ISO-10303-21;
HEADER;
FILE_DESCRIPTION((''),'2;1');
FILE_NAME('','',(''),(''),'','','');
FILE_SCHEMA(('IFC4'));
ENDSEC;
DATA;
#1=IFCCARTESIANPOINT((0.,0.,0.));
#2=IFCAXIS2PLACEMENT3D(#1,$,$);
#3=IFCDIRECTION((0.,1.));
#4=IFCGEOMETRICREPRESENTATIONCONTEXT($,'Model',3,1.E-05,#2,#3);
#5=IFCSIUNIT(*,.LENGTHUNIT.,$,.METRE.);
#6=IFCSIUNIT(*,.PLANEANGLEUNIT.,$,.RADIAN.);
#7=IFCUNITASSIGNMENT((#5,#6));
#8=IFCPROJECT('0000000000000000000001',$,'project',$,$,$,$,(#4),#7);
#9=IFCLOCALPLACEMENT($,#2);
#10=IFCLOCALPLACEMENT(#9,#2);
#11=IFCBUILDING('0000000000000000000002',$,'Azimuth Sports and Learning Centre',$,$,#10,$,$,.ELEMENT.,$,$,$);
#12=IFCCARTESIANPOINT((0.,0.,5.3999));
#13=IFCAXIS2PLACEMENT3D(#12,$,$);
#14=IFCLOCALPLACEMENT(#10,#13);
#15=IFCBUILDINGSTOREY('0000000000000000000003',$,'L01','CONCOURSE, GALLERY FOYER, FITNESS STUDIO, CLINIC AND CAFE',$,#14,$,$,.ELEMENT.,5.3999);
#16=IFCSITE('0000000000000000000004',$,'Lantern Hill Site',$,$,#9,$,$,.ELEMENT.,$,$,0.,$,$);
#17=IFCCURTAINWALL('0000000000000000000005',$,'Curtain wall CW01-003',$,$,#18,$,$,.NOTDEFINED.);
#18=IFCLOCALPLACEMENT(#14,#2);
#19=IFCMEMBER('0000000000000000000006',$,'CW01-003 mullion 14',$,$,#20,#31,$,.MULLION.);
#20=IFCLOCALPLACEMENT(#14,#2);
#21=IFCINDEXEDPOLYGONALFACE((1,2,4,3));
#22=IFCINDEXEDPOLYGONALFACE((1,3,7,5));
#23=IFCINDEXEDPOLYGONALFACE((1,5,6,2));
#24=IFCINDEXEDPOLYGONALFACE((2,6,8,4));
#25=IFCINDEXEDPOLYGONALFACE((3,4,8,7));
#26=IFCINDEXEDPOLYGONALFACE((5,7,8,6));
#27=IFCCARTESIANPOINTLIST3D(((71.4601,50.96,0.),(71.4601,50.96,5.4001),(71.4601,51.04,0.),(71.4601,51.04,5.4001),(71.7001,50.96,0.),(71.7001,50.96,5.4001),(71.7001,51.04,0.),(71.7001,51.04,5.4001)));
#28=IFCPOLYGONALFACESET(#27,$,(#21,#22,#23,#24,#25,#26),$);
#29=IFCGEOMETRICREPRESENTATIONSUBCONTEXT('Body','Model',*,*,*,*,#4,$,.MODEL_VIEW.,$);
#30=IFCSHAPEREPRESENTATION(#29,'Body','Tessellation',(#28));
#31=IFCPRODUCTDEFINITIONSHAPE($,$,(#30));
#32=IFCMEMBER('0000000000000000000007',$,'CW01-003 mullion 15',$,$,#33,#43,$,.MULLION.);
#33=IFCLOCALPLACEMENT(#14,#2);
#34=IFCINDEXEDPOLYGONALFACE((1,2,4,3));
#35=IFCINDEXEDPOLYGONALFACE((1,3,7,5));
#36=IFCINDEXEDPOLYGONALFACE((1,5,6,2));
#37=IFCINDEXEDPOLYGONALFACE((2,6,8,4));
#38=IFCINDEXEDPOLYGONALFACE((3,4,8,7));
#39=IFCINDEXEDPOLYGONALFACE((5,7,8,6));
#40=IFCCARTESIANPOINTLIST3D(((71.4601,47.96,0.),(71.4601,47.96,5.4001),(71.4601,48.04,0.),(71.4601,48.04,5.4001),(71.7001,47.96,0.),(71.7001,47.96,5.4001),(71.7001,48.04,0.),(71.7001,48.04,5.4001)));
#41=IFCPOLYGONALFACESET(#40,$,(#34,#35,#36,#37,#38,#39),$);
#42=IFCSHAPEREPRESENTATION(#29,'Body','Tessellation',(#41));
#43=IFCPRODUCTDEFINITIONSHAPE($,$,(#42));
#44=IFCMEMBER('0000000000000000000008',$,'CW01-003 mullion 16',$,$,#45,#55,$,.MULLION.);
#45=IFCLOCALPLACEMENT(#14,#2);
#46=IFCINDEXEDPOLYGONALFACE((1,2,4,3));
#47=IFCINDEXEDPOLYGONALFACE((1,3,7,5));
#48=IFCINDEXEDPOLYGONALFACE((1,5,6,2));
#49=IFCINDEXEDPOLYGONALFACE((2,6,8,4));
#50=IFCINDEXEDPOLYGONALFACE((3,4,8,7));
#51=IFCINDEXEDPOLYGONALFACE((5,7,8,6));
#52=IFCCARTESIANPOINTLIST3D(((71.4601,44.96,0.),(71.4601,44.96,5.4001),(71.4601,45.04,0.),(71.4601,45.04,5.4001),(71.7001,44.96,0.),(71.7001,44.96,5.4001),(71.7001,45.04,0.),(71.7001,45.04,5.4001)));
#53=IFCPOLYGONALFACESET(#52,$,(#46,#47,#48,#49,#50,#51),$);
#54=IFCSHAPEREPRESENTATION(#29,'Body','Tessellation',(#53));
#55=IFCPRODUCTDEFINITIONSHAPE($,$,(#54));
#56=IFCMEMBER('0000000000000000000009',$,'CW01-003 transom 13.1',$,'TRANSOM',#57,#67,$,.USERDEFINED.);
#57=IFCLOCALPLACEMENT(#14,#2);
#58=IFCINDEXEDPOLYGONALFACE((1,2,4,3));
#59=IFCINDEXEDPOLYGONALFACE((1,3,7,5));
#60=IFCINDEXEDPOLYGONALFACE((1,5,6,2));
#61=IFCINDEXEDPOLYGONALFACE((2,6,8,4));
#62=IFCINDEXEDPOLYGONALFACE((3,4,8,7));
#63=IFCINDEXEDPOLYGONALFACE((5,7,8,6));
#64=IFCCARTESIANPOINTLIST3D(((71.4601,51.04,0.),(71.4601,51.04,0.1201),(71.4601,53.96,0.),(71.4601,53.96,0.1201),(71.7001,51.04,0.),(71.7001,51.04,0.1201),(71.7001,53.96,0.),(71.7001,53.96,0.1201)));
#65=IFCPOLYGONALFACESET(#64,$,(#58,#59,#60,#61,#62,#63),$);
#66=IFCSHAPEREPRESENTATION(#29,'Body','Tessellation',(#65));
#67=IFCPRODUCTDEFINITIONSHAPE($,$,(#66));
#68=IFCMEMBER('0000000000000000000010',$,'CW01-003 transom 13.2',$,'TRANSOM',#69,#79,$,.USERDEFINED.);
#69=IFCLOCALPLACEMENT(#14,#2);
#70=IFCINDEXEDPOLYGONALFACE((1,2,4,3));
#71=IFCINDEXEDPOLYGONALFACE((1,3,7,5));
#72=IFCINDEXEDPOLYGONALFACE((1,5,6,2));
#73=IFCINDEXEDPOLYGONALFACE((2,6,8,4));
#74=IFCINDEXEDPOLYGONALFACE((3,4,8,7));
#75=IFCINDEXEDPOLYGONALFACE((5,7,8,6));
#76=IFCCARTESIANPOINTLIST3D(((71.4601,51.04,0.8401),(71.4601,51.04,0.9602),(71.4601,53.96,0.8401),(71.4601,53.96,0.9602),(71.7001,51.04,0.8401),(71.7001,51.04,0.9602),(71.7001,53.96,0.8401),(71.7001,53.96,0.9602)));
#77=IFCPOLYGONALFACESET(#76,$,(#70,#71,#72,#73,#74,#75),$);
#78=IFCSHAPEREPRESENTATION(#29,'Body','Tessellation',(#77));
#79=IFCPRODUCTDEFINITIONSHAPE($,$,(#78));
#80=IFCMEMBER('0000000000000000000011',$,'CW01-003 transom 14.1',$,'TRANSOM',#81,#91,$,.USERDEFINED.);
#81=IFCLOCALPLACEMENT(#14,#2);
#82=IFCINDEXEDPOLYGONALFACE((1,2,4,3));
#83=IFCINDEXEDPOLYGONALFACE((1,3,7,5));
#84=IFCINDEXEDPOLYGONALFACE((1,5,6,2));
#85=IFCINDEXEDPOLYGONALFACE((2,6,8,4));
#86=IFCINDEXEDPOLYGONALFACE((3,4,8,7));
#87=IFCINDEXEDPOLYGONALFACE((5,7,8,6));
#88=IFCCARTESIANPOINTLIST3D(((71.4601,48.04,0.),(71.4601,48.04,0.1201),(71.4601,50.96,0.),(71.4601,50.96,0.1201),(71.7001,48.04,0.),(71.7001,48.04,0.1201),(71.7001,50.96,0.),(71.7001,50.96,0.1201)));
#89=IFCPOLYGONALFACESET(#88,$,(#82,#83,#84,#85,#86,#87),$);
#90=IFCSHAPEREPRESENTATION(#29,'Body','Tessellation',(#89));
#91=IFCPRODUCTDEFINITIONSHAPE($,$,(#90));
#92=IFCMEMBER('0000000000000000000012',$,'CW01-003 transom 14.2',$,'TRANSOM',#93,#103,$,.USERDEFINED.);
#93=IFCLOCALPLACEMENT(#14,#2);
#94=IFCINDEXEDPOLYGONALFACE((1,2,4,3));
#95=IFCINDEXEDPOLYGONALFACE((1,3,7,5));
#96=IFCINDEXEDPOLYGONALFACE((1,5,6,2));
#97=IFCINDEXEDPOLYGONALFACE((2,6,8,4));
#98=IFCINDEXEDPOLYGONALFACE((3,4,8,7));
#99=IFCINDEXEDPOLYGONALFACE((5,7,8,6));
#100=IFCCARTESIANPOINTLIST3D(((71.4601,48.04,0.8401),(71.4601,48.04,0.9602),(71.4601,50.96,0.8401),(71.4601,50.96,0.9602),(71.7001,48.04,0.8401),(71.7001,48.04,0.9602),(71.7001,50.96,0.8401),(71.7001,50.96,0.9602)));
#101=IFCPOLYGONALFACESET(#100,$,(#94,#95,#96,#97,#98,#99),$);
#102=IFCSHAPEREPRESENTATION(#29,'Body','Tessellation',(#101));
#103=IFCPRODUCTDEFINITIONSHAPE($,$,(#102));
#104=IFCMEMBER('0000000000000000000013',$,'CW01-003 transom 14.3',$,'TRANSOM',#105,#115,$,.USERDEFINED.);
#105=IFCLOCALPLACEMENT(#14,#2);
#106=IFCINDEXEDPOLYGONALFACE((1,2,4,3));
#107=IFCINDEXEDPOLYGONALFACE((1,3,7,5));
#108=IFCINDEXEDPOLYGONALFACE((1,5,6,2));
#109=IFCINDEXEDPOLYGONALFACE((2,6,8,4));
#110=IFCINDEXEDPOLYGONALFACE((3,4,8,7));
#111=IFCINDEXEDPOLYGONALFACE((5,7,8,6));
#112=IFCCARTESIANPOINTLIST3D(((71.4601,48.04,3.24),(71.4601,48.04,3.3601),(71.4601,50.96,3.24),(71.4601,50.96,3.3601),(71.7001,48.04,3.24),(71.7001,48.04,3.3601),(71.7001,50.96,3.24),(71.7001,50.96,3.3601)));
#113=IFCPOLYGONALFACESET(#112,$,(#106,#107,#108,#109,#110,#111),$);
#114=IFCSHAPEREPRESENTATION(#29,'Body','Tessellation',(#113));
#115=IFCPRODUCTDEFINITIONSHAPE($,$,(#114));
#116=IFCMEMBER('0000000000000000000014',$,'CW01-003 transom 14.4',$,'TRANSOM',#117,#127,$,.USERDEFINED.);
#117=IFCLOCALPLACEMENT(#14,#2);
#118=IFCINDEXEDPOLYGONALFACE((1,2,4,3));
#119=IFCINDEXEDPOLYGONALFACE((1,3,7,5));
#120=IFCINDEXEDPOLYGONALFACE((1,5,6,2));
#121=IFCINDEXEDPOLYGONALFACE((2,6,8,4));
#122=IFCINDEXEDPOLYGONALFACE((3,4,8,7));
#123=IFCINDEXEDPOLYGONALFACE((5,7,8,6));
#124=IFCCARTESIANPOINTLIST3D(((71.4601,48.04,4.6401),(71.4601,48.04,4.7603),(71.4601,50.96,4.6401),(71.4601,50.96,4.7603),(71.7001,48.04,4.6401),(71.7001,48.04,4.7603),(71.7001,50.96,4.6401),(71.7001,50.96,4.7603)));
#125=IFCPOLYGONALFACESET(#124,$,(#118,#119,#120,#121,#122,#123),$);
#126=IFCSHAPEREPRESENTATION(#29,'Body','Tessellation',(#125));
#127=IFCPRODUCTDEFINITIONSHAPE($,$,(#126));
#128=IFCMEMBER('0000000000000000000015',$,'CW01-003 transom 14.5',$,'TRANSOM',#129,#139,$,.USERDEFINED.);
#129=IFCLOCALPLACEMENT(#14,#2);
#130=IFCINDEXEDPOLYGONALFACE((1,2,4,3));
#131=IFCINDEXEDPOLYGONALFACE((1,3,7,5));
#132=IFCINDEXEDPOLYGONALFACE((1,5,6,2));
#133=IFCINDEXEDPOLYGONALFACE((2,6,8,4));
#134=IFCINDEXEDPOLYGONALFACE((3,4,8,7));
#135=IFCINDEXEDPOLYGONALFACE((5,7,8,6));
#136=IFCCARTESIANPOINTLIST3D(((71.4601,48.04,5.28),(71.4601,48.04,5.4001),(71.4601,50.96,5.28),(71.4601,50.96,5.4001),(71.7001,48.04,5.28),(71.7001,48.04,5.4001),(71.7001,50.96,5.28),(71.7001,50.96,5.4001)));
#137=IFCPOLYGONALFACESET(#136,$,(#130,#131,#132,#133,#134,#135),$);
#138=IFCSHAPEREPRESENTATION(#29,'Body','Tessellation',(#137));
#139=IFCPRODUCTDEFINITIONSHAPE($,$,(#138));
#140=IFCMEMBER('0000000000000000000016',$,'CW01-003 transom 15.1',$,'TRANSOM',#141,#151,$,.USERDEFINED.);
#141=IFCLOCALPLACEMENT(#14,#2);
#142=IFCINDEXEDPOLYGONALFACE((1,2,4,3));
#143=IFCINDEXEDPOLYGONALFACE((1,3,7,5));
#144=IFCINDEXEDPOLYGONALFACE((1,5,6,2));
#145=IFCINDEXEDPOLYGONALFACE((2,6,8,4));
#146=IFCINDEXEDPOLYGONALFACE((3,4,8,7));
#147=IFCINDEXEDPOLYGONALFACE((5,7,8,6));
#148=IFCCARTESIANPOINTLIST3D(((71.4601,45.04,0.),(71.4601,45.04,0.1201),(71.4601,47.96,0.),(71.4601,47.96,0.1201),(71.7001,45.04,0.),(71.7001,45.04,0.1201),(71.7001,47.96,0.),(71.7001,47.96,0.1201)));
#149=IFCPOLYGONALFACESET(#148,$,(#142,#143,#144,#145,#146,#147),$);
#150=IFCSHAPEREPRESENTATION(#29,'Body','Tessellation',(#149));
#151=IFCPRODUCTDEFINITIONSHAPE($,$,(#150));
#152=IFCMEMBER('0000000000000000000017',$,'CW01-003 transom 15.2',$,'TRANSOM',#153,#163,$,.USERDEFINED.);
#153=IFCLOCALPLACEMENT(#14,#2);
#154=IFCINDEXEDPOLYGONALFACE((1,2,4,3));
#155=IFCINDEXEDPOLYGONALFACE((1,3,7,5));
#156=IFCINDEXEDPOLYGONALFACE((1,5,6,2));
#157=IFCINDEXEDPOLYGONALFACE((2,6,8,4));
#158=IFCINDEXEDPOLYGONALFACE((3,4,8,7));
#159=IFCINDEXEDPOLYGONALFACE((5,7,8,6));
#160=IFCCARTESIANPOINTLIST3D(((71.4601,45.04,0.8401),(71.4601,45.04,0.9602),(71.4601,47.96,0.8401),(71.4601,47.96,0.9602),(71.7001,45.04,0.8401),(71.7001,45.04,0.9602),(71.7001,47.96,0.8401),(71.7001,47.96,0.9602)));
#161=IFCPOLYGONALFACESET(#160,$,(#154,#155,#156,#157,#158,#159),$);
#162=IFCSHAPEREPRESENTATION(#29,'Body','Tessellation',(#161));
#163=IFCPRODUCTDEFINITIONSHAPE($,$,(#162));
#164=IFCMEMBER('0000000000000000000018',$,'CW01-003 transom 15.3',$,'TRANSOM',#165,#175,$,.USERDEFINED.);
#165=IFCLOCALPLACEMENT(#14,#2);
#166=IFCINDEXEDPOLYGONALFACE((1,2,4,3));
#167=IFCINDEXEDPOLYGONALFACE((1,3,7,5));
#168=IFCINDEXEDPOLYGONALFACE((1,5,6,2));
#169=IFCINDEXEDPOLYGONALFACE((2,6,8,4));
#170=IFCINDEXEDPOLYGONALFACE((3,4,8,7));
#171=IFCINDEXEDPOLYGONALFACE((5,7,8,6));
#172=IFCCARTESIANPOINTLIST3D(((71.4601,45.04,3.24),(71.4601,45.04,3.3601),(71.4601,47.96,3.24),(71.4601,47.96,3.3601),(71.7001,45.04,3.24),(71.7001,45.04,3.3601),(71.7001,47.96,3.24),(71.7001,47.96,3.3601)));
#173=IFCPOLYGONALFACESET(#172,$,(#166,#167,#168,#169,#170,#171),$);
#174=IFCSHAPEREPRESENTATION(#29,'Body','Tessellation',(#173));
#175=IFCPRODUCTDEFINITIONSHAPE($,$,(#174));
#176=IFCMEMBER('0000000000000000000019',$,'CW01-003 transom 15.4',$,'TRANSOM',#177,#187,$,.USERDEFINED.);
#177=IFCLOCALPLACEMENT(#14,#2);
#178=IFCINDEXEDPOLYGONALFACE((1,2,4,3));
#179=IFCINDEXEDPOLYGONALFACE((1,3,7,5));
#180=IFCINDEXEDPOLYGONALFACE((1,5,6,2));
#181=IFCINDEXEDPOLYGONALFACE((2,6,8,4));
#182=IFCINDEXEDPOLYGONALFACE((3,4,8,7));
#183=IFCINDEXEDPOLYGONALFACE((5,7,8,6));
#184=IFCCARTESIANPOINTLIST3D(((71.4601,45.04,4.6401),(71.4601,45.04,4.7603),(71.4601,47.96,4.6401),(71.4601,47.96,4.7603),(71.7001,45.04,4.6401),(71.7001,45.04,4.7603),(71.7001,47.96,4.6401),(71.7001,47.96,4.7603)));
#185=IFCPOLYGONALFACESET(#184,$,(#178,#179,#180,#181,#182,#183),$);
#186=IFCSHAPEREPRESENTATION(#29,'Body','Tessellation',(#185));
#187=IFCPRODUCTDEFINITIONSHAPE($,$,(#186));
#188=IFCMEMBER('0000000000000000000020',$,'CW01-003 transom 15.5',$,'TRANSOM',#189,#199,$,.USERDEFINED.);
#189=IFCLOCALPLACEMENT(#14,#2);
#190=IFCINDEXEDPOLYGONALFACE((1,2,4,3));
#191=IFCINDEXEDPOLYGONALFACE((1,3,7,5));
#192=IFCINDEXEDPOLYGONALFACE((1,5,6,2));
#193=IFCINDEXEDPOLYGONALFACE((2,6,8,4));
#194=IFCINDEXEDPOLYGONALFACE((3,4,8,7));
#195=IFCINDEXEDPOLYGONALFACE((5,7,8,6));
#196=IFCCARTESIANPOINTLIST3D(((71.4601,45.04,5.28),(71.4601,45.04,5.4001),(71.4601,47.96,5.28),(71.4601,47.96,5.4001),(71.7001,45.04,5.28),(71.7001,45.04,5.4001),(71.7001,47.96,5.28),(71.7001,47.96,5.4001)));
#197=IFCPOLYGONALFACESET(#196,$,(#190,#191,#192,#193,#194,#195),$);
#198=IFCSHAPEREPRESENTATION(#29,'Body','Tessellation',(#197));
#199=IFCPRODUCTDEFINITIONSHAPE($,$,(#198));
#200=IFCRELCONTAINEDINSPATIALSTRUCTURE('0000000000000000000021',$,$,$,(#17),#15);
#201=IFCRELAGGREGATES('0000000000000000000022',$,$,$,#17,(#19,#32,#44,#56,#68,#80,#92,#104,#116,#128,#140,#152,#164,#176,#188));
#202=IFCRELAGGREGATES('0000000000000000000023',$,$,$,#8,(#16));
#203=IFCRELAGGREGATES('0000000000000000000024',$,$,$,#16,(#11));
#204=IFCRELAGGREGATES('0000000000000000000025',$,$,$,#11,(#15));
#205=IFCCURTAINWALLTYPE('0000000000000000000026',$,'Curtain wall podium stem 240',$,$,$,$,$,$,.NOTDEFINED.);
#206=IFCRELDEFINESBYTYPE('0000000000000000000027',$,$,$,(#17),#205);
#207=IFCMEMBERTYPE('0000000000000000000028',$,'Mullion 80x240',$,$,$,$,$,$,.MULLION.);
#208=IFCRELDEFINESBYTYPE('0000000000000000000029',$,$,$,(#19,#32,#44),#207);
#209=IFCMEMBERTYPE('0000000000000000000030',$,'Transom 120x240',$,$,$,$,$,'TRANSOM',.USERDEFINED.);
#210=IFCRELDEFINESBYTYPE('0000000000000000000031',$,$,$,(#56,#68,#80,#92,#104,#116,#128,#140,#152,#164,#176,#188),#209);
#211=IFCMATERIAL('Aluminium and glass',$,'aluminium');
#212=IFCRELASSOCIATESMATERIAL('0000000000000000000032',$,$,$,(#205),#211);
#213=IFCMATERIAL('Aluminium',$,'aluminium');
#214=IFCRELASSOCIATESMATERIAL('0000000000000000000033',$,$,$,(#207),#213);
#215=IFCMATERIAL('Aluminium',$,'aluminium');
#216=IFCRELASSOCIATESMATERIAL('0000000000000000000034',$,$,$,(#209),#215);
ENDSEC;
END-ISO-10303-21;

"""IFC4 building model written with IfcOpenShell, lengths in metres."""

from ifc_helpers import new_model, si_unit, direction, frame, origin, origin_2d, place, context, subcontext, project, spatial, rectangle, extrude, material, material_profile, profile_set, type_object, element, aggregate, save


model = new_model("IFC4")

# Units and contexts
model_context = context("Model", 3, precision=1e-05, world=origin(), true_north=direction((0.0, 1.0)))
body_context = subcontext(model_context, "Body", "Model", "MODEL_VIEW")
ifc_project = project(units=[si_unit("LENGTHUNIT", "METRE"), si_unit("PLANEANGLEUNIT", "RADIAN")], contexts=[model_context])

# Site, building, storey
site_placement = place(None, origin())
site = spatial("IfcSite", under=ifc_project, at=site_placement, Name="Lantern Hill Site", CompositionType="ELEMENT", RefElevation=0.0)
building_placement = place(site_placement, origin())
building = spatial("IfcBuilding", under=site, at=building_placement, Name="Azimuth Sports and Learning Centre", CompositionType="ELEMENT")
storey_placement = place(building_placement, frame((0.0, 0.0, 5.3999)))
storey = spatial("IfcBuildingStorey", under=building, at=storey_placement, Name="L01", Description="CONCOURSE, GALLERY FOYER, FITNESS STUDIO, CLINIC AND CAFE", CompositionType="ELEMENT", Elevation=5.3999)

# Curtain wall, members
ifc_material_1 = material(Name="Aluminium and glass", Category="aluminium")
curtain_wall_type = type_object("IfcCurtainWallType", Name="Curtain wall podium stem 240", PredefinedType="NOTDEFINED", material=ifc_material_1)
curtain_wall_placement = place(storey_placement, origin())
curtain_wall = element("IfcCurtainWall", 1, at=curtain_wall_placement, inside=storey, type_object=curtain_wall_type, Name="Curtain wall CW01-003", PredefinedType="NOTDEFINED")
ifc_material_2 = material(Name="Aluminium", Category="aluminium")
ifc_material_profile_1 = material_profile(ifc_material_2, rectangle(XDim=0.24, YDim=0.0801, at=origin_2d()), Name="Mullion 80x240")
ifc_profile_set_1 = profile_set([ifc_material_profile_1], Name="Aluminium")
member_type_1 = type_object("IfcMemberType", Name="Mullion 80x240", PredefinedType="MULLION", material=ifc_profile_set_1)
member_1_placement = place(storey_placement, frame((71.5801, 51.0, 0.0), z_axis=(0.0, 0.0, 1.0), x_axis=(1.0, 0.0, 0.0)))
member_1 = element("IfcMember", 2, at=member_1_placement, type_object=member_type_1, Name="CW01-003 mullion 14", PredefinedType="MULLION", context=body_context, shape_type="SweptSolid", body=[
    extrude(rectangle(XDim=0.24, YDim=0.0801, at=origin_2d()), origin(), (0.0, 0.0, 1.0), 5.4001),
])
member_2_placement = place(storey_placement, frame((71.5801, 48.0, 0.0), z_axis=(0.0, 0.0, 1.0), x_axis=(1.0, 0.0, 0.0)))
member_2 = element("IfcMember", 3, at=member_2_placement, type_object=member_type_1, Name="CW01-003 mullion 15", PredefinedType="MULLION", context=body_context, shape_type="SweptSolid", body=[
    extrude(rectangle(XDim=0.24, YDim=0.0801, at=origin_2d()), origin(), (0.0, 0.0, 1.0), 5.4001),
])
member_3_placement = place(storey_placement, frame((71.5801, 45.0, 0.0), z_axis=(0.0, 0.0, 1.0), x_axis=(1.0, 0.0, 0.0)))
member_3 = element("IfcMember", 4, at=member_3_placement, type_object=member_type_1, Name="CW01-003 mullion 16", PredefinedType="MULLION", context=body_context, shape_type="SweptSolid", body=[
    extrude(rectangle(XDim=0.24, YDim=0.0801, at=origin_2d()), origin(), (0.0, 0.0, 1.0), 5.4001),
])
ifc_material_3 = material(Name="Aluminium", Category="aluminium")
ifc_material_profile_2 = material_profile(ifc_material_3, rectangle(XDim=0.24, YDim=0.1201, at=origin_2d()), Name="Transom 120x240")
ifc_profile_set_2 = profile_set([ifc_material_profile_2], Name="Aluminium")
member_type_2 = type_object("IfcMemberType", Name="Transom 120x240", ElementType="TRANSOM", PredefinedType="USERDEFINED", material=ifc_profile_set_2)
member_4_placement = place(storey_placement, frame((71.5801, 53.96, 0.0601), z_axis=(0.0, -1.0, 0.0), x_axis=(1.0, 0.0, 0.0)))
member_4 = element("IfcMember", 5, at=member_4_placement, type_object=member_type_2, Name="CW01-003 transom 13.1", ObjectType="TRANSOM", PredefinedType="USERDEFINED", context=body_context, shape_type="SweptSolid", body=[
    extrude(rectangle(XDim=0.24, YDim=0.1201, at=origin_2d()), origin(), (0.0, 0.0, 1.0), 2.9199),
])
member_5_placement = place(storey_placement, frame((71.5801, 53.96, 0.9001), z_axis=(0.0, -1.0, 0.0), x_axis=(1.0, 0.0, 0.0)))
member_5 = element("IfcMember", 6, at=member_5_placement, type_object=member_type_2, Name="CW01-003 transom 13.2", ObjectType="TRANSOM", PredefinedType="USERDEFINED", context=body_context, shape_type="SweptSolid", body=[
    extrude(rectangle(XDim=0.24, YDim=0.1201, at=origin_2d()), origin(), (0.0, 0.0, 1.0), 2.9199),
])
member_6_placement = place(storey_placement, frame((71.5801, 50.96, 0.0601), z_axis=(0.0, -1.0, 0.0), x_axis=(1.0, 0.0, 0.0)))
member_6 = element("IfcMember", 7, at=member_6_placement, type_object=member_type_2, Name="CW01-003 transom 14.1", ObjectType="TRANSOM", PredefinedType="USERDEFINED", context=body_context, shape_type="SweptSolid", body=[
    extrude(rectangle(XDim=0.24, YDim=0.1201, at=origin_2d()), origin(), (0.0, 0.0, 1.0), 2.9199),
])
member_7_placement = place(storey_placement, frame((71.5801, 50.96, 0.9001), z_axis=(0.0, -1.0, 0.0), x_axis=(1.0, 0.0, 0.0)))
member_7 = element("IfcMember", 8, at=member_7_placement, type_object=member_type_2, Name="CW01-003 transom 14.2", ObjectType="TRANSOM", PredefinedType="USERDEFINED", context=body_context, shape_type="SweptSolid", body=[
    extrude(rectangle(XDim=0.24, YDim=0.1201, at=origin_2d()), origin(), (0.0, 0.0, 1.0), 2.9199),
])
member_8_placement = place(storey_placement, frame((71.5801, 50.96, 3.3), z_axis=(0.0, -1.0, 0.0), x_axis=(1.0, 0.0, 0.0)))
member_8 = element("IfcMember", 9, at=member_8_placement, type_object=member_type_2, Name="CW01-003 transom 14.3", ObjectType="TRANSOM", PredefinedType="USERDEFINED", context=body_context, shape_type="SweptSolid", body=[
    extrude(rectangle(XDim=0.24, YDim=0.1201, at=origin_2d()), origin(), (0.0, 0.0, 1.0), 2.9199),
])
member_9_placement = place(storey_placement, frame((71.5801, 50.96, 4.7002), z_axis=(0.0, -1.0, 0.0), x_axis=(1.0, 0.0, 0.0)))
member_9 = element("IfcMember", 10, at=member_9_placement, type_object=member_type_2, Name="CW01-003 transom 14.4", ObjectType="TRANSOM", PredefinedType="USERDEFINED", context=body_context, shape_type="SweptSolid", body=[
    extrude(rectangle(XDim=0.24, YDim=0.1201, at=origin_2d()), origin(), (0.0, 0.0, 1.0), 2.9199),
])
member_10_placement = place(storey_placement, frame((71.5801, 50.96, 5.3401), z_axis=(0.0, -1.0, 0.0), x_axis=(1.0, 0.0, 0.0)))
member_10 = element("IfcMember", 11, at=member_10_placement, type_object=member_type_2, Name="CW01-003 transom 14.5", ObjectType="TRANSOM", PredefinedType="USERDEFINED", context=body_context, shape_type="SweptSolid", body=[
    extrude(rectangle(XDim=0.24, YDim=0.1201, at=origin_2d()), origin(), (0.0, 0.0, 1.0), 2.9199),
])
member_11_placement = place(storey_placement, frame((71.5801, 47.96, 0.0601), z_axis=(0.0, -1.0, 0.0), x_axis=(1.0, 0.0, 0.0)))
member_11 = element("IfcMember", 12, at=member_11_placement, type_object=member_type_2, Name="CW01-003 transom 15.1", ObjectType="TRANSOM", PredefinedType="USERDEFINED", context=body_context, shape_type="SweptSolid", body=[
    extrude(rectangle(XDim=0.24, YDim=0.1201, at=origin_2d()), origin(), (0.0, 0.0, 1.0), 2.9199),
])
member_12_placement = place(storey_placement, frame((71.5801, 47.96, 0.9001), z_axis=(0.0, -1.0, 0.0), x_axis=(1.0, 0.0, 0.0)))
member_12 = element("IfcMember", 13, at=member_12_placement, type_object=member_type_2, Name="CW01-003 transom 15.2", ObjectType="TRANSOM", PredefinedType="USERDEFINED", context=body_context, shape_type="SweptSolid", body=[
    extrude(rectangle(XDim=0.24, YDim=0.1201, at=origin_2d()), origin(), (0.0, 0.0, 1.0), 2.9199),
])
member_13_placement = place(storey_placement, frame((71.5801, 47.96, 3.3), z_axis=(0.0, -1.0, 0.0), x_axis=(1.0, 0.0, 0.0)))
member_13 = element("IfcMember", 14, at=member_13_placement, type_object=member_type_2, Name="CW01-003 transom 15.3", ObjectType="TRANSOM", PredefinedType="USERDEFINED", context=body_context, shape_type="SweptSolid", body=[
    extrude(rectangle(XDim=0.24, YDim=0.1201, at=origin_2d()), origin(), (0.0, 0.0, 1.0), 2.9199),
])
member_14_placement = place(storey_placement, frame((71.5801, 47.96, 4.7002), z_axis=(0.0, -1.0, 0.0), x_axis=(1.0, 0.0, 0.0)))
member_14 = element("IfcMember", 15, at=member_14_placement, type_object=member_type_2, Name="CW01-003 transom 15.4", ObjectType="TRANSOM", PredefinedType="USERDEFINED", context=body_context, shape_type="SweptSolid", body=[
    extrude(rectangle(XDim=0.24, YDim=0.1201, at=origin_2d()), origin(), (0.0, 0.0, 1.0), 2.9199),
])
member_15_placement = place(storey_placement, frame((71.5801, 47.96, 5.3401), z_axis=(0.0, -1.0, 0.0), x_axis=(1.0, 0.0, 0.0)))
member_15 = element("IfcMember", 16, at=member_15_placement, type_object=member_type_2, Name="CW01-003 transom 15.5", ObjectType="TRANSOM", PredefinedType="USERDEFINED", context=body_context, shape_type="SweptSolid", body=[
    extrude(rectangle(XDim=0.24, YDim=0.1201, at=origin_2d()), origin(), (0.0, 0.0, 1.0), 2.9199),
])
aggregate(curtain_wall, [member_1, member_2, member_3, member_4, member_5, member_6, member_7, member_8, member_9, member_10, member_11, member_12, member_13, member_14, member_15])

save(model, "model.ifc")
